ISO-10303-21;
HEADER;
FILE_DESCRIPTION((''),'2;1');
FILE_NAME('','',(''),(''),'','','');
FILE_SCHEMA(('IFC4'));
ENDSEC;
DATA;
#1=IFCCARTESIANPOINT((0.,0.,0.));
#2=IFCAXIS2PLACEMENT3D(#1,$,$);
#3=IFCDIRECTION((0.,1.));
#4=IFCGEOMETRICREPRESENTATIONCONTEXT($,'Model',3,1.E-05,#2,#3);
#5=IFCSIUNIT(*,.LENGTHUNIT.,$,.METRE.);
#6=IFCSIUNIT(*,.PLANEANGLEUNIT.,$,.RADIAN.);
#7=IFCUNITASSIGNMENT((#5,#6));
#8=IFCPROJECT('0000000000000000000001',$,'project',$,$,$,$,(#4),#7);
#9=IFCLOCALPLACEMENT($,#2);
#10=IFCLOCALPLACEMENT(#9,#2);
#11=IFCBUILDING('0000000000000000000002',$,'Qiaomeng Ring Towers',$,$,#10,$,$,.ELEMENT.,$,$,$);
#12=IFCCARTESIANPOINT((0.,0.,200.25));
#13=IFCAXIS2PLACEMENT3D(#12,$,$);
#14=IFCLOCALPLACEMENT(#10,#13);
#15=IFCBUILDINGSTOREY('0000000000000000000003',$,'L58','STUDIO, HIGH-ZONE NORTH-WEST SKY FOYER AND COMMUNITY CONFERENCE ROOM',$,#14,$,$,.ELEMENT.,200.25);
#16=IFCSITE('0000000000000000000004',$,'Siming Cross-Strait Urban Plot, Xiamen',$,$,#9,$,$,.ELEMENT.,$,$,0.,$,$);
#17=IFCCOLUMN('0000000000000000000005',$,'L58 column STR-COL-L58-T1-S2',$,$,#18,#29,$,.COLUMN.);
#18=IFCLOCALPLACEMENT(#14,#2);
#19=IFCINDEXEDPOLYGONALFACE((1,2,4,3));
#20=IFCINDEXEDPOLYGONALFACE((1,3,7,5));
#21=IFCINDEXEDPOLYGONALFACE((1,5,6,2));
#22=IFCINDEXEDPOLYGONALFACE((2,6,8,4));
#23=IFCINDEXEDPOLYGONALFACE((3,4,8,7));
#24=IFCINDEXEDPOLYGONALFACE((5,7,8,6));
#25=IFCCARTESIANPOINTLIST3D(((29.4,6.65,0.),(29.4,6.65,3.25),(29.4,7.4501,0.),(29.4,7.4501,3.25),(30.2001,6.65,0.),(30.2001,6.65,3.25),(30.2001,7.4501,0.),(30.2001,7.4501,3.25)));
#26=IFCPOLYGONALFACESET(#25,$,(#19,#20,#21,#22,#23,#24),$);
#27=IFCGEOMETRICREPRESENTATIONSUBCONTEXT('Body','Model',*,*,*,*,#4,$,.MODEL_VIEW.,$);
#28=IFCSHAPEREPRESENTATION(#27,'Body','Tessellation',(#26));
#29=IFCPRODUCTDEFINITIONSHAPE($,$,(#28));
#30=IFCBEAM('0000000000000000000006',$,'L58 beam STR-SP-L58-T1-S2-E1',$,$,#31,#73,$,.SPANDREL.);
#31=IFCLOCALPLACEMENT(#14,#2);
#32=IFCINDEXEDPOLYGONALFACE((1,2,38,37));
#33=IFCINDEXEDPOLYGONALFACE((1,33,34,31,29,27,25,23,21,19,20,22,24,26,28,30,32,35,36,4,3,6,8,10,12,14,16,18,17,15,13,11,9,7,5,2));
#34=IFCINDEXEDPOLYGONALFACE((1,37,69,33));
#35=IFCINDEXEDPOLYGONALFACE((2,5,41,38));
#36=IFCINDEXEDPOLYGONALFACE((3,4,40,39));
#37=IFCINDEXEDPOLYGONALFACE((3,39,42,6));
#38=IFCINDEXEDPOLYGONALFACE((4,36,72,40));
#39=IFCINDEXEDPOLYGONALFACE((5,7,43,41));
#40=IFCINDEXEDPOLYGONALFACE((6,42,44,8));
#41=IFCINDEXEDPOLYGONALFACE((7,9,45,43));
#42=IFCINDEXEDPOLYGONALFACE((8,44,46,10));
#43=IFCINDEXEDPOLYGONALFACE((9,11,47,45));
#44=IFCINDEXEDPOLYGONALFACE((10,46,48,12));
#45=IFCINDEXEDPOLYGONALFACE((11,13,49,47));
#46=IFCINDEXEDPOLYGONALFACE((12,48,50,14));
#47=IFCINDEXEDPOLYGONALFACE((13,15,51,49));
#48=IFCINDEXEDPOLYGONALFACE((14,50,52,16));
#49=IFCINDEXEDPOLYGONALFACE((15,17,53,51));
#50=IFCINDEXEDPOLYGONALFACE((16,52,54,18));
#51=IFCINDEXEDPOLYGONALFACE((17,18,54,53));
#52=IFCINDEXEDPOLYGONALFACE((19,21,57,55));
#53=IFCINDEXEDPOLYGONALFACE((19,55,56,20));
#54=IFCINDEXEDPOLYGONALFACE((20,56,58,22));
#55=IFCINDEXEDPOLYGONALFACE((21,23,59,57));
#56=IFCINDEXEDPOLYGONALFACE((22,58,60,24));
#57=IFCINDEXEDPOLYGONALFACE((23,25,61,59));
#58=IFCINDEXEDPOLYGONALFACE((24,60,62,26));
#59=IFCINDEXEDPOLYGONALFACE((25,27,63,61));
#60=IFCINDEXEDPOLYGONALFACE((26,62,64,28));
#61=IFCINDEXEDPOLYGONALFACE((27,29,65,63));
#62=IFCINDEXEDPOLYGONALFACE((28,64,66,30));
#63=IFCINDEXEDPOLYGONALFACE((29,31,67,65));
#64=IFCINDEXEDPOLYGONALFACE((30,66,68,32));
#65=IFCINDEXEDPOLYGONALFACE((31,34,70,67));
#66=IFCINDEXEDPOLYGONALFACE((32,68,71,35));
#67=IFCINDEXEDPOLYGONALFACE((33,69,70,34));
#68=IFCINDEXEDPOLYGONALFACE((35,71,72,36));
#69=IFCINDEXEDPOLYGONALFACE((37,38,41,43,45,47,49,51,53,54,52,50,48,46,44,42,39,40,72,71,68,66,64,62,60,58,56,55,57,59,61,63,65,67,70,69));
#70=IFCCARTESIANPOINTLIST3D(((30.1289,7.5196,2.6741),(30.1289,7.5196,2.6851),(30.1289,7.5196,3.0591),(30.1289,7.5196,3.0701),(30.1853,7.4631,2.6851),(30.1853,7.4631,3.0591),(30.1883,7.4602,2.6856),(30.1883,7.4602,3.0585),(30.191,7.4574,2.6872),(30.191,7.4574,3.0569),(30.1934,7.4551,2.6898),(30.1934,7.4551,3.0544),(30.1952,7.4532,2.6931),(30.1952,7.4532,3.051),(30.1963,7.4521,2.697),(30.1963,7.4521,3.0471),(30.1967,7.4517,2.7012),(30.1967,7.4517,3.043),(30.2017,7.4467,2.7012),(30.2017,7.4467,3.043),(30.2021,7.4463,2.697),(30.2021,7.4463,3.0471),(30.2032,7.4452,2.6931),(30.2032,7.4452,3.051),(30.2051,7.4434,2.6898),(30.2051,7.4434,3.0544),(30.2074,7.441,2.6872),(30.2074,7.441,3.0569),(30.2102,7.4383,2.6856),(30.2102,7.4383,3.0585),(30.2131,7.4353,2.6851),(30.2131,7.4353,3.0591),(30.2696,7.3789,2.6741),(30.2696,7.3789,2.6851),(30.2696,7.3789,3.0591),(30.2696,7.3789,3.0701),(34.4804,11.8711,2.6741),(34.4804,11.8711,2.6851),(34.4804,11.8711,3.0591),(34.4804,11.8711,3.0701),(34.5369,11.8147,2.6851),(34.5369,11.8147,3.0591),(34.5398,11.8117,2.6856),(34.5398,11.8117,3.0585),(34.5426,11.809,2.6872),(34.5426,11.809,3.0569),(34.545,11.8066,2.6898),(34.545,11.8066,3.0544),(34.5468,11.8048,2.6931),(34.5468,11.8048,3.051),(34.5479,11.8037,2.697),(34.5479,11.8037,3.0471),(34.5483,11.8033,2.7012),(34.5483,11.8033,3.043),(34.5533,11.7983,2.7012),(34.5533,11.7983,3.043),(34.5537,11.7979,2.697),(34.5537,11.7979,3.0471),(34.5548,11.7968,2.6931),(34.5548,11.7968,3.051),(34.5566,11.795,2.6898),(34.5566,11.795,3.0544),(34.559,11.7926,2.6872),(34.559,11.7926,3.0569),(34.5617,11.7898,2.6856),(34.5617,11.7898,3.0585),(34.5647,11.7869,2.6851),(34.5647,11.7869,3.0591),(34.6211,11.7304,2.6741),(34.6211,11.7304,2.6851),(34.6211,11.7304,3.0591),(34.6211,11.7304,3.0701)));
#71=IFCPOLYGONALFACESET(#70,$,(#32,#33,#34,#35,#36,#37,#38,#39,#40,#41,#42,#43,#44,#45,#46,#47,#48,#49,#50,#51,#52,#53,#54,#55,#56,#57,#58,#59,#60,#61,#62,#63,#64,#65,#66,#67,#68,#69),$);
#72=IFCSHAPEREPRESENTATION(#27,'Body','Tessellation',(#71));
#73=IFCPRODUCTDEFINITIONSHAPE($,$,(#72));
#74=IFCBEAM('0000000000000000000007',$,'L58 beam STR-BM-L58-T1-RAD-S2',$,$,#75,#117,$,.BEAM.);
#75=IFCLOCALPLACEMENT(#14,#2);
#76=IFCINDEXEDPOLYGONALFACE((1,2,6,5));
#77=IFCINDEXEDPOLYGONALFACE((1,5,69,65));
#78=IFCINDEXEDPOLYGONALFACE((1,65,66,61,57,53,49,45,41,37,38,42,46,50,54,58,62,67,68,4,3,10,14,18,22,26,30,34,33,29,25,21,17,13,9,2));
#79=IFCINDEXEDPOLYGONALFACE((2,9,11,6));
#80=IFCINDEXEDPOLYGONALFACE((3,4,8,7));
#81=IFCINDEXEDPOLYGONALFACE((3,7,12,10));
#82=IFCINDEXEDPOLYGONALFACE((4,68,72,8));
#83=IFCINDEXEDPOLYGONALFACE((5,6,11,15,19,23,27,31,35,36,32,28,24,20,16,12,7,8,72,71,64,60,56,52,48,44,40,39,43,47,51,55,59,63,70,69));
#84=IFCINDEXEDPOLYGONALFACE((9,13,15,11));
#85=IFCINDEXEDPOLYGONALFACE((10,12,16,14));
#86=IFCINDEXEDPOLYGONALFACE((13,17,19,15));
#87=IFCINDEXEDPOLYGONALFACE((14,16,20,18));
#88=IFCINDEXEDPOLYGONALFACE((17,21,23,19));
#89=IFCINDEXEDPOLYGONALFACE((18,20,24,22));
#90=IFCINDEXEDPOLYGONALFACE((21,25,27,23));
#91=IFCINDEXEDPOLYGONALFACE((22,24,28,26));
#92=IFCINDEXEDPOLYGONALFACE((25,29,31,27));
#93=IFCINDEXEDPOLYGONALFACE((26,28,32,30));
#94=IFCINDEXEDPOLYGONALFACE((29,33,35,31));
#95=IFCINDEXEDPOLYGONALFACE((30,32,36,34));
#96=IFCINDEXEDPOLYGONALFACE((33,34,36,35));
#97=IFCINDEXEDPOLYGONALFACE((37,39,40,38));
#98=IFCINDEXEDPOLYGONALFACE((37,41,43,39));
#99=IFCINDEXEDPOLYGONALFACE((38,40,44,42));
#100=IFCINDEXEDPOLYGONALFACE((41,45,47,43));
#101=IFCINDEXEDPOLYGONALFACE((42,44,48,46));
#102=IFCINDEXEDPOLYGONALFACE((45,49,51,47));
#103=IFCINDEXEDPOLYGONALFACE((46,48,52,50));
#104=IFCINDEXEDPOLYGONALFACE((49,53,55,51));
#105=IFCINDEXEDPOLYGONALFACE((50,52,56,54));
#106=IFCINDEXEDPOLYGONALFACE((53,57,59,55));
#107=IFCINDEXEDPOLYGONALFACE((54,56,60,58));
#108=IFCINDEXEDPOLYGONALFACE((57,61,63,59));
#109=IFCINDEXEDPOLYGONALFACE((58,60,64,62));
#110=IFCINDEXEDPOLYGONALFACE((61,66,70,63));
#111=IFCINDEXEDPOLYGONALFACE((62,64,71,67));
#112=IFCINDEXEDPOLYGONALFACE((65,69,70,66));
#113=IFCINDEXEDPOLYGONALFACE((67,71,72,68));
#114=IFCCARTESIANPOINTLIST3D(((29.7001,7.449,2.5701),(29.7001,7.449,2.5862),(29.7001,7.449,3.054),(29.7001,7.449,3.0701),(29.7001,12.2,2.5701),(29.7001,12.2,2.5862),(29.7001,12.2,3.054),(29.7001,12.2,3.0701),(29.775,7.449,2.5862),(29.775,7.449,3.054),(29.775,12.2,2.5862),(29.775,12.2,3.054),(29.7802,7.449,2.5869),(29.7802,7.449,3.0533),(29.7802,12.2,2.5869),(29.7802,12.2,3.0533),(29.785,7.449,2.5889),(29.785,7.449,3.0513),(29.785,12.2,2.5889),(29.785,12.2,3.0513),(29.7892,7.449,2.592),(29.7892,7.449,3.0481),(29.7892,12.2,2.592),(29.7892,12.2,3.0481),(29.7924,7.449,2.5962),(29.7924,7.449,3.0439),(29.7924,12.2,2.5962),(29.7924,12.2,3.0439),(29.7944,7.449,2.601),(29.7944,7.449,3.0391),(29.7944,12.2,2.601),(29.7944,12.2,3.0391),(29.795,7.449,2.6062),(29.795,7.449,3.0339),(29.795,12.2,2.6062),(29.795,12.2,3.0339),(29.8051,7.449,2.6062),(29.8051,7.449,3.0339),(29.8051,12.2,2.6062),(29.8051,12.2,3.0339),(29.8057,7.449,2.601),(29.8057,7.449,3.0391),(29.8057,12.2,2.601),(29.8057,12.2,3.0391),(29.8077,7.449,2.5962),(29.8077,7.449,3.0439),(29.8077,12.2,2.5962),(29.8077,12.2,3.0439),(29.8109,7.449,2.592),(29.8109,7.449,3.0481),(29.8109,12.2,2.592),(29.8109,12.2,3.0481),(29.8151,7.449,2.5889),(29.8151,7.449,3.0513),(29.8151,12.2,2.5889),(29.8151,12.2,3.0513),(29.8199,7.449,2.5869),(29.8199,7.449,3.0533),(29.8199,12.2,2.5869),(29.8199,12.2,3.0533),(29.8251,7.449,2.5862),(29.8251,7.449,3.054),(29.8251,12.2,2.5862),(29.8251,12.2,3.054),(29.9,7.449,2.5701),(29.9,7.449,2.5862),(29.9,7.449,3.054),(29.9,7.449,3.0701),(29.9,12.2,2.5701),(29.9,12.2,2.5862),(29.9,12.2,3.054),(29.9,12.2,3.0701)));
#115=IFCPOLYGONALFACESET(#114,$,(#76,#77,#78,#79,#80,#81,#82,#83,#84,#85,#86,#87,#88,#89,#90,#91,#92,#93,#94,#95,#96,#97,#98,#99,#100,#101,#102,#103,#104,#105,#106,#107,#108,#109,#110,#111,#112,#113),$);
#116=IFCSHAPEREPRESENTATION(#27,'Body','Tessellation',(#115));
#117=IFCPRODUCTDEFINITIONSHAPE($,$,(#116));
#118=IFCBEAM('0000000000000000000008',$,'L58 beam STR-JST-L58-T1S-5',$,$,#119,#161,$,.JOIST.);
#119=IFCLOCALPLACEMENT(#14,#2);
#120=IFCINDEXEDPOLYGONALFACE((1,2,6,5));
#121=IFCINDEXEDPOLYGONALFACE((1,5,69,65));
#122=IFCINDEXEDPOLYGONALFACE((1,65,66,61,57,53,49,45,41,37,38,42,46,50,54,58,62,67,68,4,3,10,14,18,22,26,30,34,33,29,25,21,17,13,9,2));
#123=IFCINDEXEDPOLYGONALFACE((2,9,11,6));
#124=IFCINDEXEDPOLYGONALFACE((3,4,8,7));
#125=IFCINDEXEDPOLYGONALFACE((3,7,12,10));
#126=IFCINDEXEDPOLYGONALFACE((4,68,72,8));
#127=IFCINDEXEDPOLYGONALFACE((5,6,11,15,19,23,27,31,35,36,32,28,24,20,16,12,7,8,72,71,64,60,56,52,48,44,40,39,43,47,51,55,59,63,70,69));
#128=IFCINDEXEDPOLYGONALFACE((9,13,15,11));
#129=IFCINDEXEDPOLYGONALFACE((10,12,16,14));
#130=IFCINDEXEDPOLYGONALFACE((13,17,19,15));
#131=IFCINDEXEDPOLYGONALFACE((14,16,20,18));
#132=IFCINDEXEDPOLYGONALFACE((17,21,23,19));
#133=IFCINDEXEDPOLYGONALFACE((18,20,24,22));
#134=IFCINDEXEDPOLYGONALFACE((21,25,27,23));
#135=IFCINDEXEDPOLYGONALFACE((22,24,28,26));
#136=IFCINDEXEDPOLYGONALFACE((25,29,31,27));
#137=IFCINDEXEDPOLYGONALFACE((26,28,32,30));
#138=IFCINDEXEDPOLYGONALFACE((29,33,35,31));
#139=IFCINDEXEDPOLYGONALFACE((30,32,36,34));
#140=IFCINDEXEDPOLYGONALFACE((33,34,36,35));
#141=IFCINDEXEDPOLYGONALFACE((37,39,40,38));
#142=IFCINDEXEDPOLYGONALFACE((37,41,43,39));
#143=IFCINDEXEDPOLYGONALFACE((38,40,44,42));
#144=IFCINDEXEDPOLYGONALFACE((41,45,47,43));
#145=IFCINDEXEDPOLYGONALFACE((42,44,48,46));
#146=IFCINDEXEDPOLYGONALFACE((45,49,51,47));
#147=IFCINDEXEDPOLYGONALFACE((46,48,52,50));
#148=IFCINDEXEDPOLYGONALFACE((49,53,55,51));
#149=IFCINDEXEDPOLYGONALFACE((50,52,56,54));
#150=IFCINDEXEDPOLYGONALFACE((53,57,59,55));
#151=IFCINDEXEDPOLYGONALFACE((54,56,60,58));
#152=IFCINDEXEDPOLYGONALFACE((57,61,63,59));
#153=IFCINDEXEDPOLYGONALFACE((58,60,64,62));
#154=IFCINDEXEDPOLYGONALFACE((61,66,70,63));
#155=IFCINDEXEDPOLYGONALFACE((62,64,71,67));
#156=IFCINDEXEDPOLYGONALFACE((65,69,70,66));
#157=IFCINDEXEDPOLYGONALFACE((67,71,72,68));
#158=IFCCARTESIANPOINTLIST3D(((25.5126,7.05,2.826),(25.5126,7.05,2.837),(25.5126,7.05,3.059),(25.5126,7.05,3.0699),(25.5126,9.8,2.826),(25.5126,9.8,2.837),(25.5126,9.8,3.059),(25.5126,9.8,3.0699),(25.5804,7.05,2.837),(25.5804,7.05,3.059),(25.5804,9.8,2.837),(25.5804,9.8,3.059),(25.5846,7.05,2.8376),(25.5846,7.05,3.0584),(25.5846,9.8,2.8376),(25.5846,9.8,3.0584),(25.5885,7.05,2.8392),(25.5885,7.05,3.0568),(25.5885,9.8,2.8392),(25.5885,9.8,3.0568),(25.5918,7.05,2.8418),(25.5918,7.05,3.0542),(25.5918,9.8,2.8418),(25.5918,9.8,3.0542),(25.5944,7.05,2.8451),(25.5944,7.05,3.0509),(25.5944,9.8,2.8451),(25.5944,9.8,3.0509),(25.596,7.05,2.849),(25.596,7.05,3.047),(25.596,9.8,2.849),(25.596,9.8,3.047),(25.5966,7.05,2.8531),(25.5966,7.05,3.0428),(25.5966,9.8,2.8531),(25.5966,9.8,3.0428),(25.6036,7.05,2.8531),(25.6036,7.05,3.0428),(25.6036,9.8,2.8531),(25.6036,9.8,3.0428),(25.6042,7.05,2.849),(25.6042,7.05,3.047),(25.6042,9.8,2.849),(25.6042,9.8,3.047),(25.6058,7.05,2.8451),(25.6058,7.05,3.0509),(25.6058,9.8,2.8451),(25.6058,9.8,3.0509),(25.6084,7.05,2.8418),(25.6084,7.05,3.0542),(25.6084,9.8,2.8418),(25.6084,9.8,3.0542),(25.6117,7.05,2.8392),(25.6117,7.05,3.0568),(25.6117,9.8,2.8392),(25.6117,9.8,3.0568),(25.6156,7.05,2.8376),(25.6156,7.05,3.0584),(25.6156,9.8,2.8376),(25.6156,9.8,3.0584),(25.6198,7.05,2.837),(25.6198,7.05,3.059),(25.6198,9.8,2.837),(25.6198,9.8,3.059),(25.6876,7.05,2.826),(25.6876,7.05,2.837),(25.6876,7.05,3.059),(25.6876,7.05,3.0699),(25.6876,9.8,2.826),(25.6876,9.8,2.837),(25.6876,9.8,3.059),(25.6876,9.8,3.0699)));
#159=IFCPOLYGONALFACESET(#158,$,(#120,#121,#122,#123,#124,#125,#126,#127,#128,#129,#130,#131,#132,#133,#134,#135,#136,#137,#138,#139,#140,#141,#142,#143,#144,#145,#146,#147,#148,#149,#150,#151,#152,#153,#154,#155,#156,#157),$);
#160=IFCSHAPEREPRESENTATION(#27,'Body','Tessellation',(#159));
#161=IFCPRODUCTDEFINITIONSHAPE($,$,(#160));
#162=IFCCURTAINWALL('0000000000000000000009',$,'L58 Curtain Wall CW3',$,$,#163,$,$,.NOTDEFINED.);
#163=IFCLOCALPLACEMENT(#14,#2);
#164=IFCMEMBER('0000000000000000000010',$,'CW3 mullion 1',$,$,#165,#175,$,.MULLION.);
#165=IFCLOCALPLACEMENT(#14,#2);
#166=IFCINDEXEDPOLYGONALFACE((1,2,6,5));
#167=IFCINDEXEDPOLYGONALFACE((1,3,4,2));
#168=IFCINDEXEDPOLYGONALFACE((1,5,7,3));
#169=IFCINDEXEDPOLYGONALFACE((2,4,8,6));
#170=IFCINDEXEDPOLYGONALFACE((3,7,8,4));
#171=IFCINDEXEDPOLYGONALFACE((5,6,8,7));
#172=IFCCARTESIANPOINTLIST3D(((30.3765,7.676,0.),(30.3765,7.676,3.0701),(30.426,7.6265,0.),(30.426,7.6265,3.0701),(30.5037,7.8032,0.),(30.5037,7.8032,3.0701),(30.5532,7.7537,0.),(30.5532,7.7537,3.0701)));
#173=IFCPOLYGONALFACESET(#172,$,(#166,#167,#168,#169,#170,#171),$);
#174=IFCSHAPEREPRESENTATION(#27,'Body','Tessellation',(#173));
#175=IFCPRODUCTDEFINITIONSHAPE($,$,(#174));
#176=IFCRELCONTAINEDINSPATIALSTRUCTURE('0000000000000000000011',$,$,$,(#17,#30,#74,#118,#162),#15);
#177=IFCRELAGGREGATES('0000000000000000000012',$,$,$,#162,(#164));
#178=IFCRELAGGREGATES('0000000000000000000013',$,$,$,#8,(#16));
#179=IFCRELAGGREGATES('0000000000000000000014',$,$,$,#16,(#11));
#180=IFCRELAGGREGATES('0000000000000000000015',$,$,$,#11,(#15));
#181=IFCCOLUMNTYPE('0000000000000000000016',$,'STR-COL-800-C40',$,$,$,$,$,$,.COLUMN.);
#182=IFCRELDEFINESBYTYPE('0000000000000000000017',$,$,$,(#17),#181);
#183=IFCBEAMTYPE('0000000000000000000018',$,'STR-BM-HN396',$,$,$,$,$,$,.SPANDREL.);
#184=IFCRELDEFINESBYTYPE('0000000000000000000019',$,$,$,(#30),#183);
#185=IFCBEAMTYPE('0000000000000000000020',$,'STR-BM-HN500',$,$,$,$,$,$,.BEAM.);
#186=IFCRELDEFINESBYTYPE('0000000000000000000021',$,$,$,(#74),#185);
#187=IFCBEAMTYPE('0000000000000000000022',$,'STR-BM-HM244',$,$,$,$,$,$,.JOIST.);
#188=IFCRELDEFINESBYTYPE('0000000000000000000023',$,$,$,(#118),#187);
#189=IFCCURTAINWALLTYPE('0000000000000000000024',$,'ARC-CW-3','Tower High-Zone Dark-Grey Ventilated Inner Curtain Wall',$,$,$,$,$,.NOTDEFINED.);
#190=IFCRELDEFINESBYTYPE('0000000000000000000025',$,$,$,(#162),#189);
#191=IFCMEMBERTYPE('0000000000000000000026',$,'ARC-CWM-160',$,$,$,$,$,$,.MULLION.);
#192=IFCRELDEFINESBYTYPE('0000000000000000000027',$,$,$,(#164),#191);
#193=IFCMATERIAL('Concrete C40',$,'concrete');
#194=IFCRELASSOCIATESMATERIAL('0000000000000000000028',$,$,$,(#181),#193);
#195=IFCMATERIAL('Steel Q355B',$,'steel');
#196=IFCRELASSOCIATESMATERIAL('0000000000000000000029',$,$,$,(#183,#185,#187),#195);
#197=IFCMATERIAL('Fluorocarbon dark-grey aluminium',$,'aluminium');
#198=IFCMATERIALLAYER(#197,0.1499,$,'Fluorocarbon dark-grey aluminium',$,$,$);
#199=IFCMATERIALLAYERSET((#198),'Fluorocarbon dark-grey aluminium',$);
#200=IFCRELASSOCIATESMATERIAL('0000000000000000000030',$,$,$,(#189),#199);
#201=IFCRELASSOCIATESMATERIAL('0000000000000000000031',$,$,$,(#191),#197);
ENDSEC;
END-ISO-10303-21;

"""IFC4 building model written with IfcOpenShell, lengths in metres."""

from ifc_helpers import new_model, si_unit, direction, frame, origin, origin_2d, place, context, subcontext, project, spatial, rectangle, i_section, extrude, source, transform, mapped, material, layer, layer_set, material_profile, profile_set, type_object, element, aggregate, save


model = new_model("IFC4")

# Units and contexts
model_context = context("Model", 3, precision=1e-05, world=origin(), true_north=direction((0.0, 1.0)))
body_context = subcontext(model_context, "Body", "Model", "MODEL_VIEW")
ifc_project = project(units=[si_unit("LENGTHUNIT", "METRE"), si_unit("PLANEANGLEUNIT", "RADIAN")], contexts=[model_context])

# Site, building, storey
site_placement = place(None, origin())
site = spatial("IfcSite", under=ifc_project, at=site_placement, Name="Siming Cross-Strait Urban Plot, Xiamen", CompositionType="ELEMENT", RefElevation=0.0)
building_placement = place(site_placement, origin())
building = spatial("IfcBuilding", under=site, at=building_placement, Name="Qiaomeng Ring Towers", CompositionType="ELEMENT")
storey_placement = place(building_placement, frame((0.0, 0.0, 200.25)))
storey = spatial("IfcBuildingStorey", under=building, at=storey_placement, Name="L58", Description="STUDIO, HIGH-ZONE NORTH-WEST SKY FOYER AND COMMUNITY CONFERENCE ROOM", CompositionType="ELEMENT", Elevation=200.25)

# Column
ifc_material_1 = material(Name="Concrete C40", Category="concrete")
ifc_material_profile_1 = material_profile(ifc_material_1, rectangle(XDim=0.8, YDim=0.8, at=origin_2d()), Name="RC COL 800x800")
ifc_profile_set_1 = profile_set([ifc_material_profile_1], Name="Concrete C40")
column_type = type_object("IfcColumnType", Name="STR-COL-800-C40", PredefinedType="COLUMN", material=ifc_profile_set_1)
shared_shape_1 = source(origin(), body_context, "Body", "SweptSolid", [
    extrude(rectangle(XDim=0.8, YDim=0.8, at=origin_2d()), origin(), (0.0, 0.0, 1.0), 3.25),
])
column_placement = place(storey_placement, frame((29.8, 7.05, 0.0), z_axis=(0.0, 0.0, 1.0), x_axis=(1.0, 0.0, 0.0)))
element("IfcColumn", 1, at=column_placement, inside=storey, type_object=column_type, Name="L58 column STR-COL-L58-T1-S2", PredefinedType="COLUMN", context=body_context, shape_type="MappedRepresentation", body=[
    mapped(shared_shape_1, transform((0.0, 0.0, 0.0), x_axis=(1.0, 0.0, 0.0), y_axis=(0.0, 1.0, 0.0), z_axis=(0.0, 0.0, 1.0), scale=1.0)),
])

# Beams
ifc_material_2 = material(Name="Steel Q355B", Category="steel")
ifc_material_profile_2 = material_profile(ifc_material_2, i_section(OverallWidth=0.199, OverallDepth=0.396, WebThickness=0.0071, FlangeThickness=0.011, FilletRadius=0.0161, at=origin_2d()), Name="HN 396x199x7x11")
ifc_profile_set_2 = profile_set([ifc_material_profile_2], Name="Steel Q355B")
beam_type_1 = type_object("IfcBeamType", Name="STR-BM-HN396", PredefinedType="SPANDREL", material=ifc_profile_set_2)
shared_shape_2 = source(origin(), body_context, "Body", "SweptSolid", [
    extrude(i_section(OverallWidth=0.199, OverallDepth=0.396, WebThickness=0.0071, FlangeThickness=0.011, FilletRadius=0.0161, at=origin_2d()), origin(), (0.0, 0.0, 1.0), 6.1541),
])
beam_1_placement = place(storey_placement, frame((30.1992, 7.4492, 2.8721), z_axis=(0.707107, 0.707107, 0.0), x_axis=(-0.707107, 0.707107, 0.0)))
element("IfcBeam", 2, at=beam_1_placement, inside=storey, type_object=beam_type_1, Name="L58 beam STR-SP-L58-T1-S2-E1", PredefinedType="SPANDREL", context=body_context, shape_type="MappedRepresentation", body=[
    mapped(shared_shape_2, transform((0.0, 0.0, 0.0), x_axis=(1.0, 0.0, 0.0), y_axis=(0.0, 1.0, 0.0), z_axis=(0.0, 0.0, 1.0), scale=1.0)),
])
ifc_material_profile_3 = material_profile(ifc_material_2, i_section(OverallWidth=0.2, OverallDepth=0.5, WebThickness=0.01, FlangeThickness=0.0161, FilletRadius=0.02, at=origin_2d()), Name="HN 500x200x10x16")
ifc_profile_set_3 = profile_set([ifc_material_profile_3], Name="Steel Q355B")
beam_type_2 = type_object("IfcBeamType", Name="STR-BM-HN500", PredefinedType="BEAM", material=ifc_profile_set_3)
shared_shape_3 = source(origin(), body_context, "Body", "SweptSolid", [
    extrude(i_section(OverallWidth=0.2, OverallDepth=0.5, WebThickness=0.01, FlangeThickness=0.0161, FilletRadius=0.02, at=origin_2d()), origin(), (0.0, 0.0, 1.0), 4.751),
])
beam_2_placement = place(storey_placement, frame((29.8, 7.449, 2.8201), z_axis=(0.0, 1.0, 0.0), x_axis=(-1.0, 0.0, 0.0)))
element("IfcBeam", 3, at=beam_2_placement, inside=storey, type_object=beam_type_2, Name="L58 beam STR-BM-L58-T1-RAD-S2", PredefinedType="BEAM", context=body_context, shape_type="MappedRepresentation", body=[
    mapped(shared_shape_3, transform((0.0, 0.0, 0.0), x_axis=(1.0, 0.0, 0.0), y_axis=(0.0, 1.0, 0.0), z_axis=(0.0, 0.0, 1.0), scale=1.0)),
])
ifc_material_profile_4 = material_profile(ifc_material_2, i_section(OverallWidth=0.175, OverallDepth=0.2439, WebThickness=0.0071, FlangeThickness=0.011, FilletRadius=0.0161, at=origin_2d()), Name="HM 244x175x7x11")
ifc_profile_set_4 = profile_set([ifc_material_profile_4], Name="Steel Q355B")
beam_type_3 = type_object("IfcBeamType", Name="STR-BM-HM244", PredefinedType="JOIST", material=ifc_profile_set_4)
shared_shape_4 = source(origin(), body_context, "Body", "SweptSolid", [
    extrude(i_section(OverallWidth=0.175, OverallDepth=0.2439, WebThickness=0.0071, FlangeThickness=0.011, FilletRadius=0.0161, at=origin_2d()), origin(), (0.0, 0.0, 1.0), 2.75),
])
beam_3_placement = place(storey_placement, frame((25.6001, 7.05, 2.948), z_axis=(0.0, 1.0, 0.0), x_axis=(-1.0, 0.0, 0.0)))
element("IfcBeam", 4, at=beam_3_placement, inside=storey, type_object=beam_type_3, Name="L58 beam STR-JST-L58-T1S-5", PredefinedType="JOIST", context=body_context, shape_type="MappedRepresentation", body=[
    mapped(shared_shape_4, transform((0.0, 0.0, 0.0), x_axis=(1.0, 0.0, 0.0), y_axis=(0.0, 1.0, 0.0), z_axis=(0.0, 0.0, 1.0), scale=1.0)),
])

# Curtain wall, member
ifc_material_3 = material(Name="Fluorocarbon dark-grey aluminium", Category="aluminium")
ifc_layer_1 = layer(ifc_material_3, 0.1499, Name="Fluorocarbon dark-grey aluminium")
ifc_layer_set_1 = layer_set([ifc_layer_1], Name="Fluorocarbon dark-grey aluminium")
curtain_wall_type = type_object("IfcCurtainWallType", Name="ARC-CW-3", Description="Tower High-Zone Dark-Grey Ventilated Inner Curtain Wall", PredefinedType="NOTDEFINED", material=ifc_layer_set_1)
curtain_wall_placement = place(storey_placement, origin())
curtain_wall = element("IfcCurtainWall", 5, at=curtain_wall_placement, inside=storey, type_object=curtain_wall_type, Name="L58 Curtain Wall CW3", PredefinedType="NOTDEFINED")
ifc_material_profile_5 = material_profile(ifc_material_3, rectangle(XDim=0.0701, YDim=0.1799, at=origin_2d()), Name="ALU MULL 70x180")
ifc_profile_set_5 = profile_set([ifc_material_profile_5], Name="Fluorocarbon dark-grey aluminium")
member_type_1 = type_object("IfcMemberType", Name="ARC-CWM-160", PredefinedType="MULLION", material=ifc_profile_set_5)
shared_shape_5 = source(origin(), body_context, "Body", "SweptSolid", [
    extrude(rectangle(XDim=0.0701, YDim=0.1799, at=origin_2d()), origin(), (0.0, 0.0, 1.0), 3.0701),
])
member_1_placement = place(storey_placement, frame((30.4648, 7.7148, 0.0), z_axis=(0.0, 0.0, 1.0), x_axis=(-0.707107, 0.707107, 0.0)))
member_1 = element("IfcMember", 6, at=member_1_placement, type_object=member_type_1, Name="CW3 mullion 1", PredefinedType="MULLION", context=body_context, shape_type="MappedRepresentation", body=[
    mapped(shared_shape_5, transform((0.0, 0.0, 0.0), x_axis=(1.0, 0.0, 0.0), y_axis=(0.0, 1.0, 0.0), z_axis=(0.0, 0.0, 1.0), scale=1.0)),
])
aggregate(curtain_wall, [member_1])

save(model, "model.ifc")
